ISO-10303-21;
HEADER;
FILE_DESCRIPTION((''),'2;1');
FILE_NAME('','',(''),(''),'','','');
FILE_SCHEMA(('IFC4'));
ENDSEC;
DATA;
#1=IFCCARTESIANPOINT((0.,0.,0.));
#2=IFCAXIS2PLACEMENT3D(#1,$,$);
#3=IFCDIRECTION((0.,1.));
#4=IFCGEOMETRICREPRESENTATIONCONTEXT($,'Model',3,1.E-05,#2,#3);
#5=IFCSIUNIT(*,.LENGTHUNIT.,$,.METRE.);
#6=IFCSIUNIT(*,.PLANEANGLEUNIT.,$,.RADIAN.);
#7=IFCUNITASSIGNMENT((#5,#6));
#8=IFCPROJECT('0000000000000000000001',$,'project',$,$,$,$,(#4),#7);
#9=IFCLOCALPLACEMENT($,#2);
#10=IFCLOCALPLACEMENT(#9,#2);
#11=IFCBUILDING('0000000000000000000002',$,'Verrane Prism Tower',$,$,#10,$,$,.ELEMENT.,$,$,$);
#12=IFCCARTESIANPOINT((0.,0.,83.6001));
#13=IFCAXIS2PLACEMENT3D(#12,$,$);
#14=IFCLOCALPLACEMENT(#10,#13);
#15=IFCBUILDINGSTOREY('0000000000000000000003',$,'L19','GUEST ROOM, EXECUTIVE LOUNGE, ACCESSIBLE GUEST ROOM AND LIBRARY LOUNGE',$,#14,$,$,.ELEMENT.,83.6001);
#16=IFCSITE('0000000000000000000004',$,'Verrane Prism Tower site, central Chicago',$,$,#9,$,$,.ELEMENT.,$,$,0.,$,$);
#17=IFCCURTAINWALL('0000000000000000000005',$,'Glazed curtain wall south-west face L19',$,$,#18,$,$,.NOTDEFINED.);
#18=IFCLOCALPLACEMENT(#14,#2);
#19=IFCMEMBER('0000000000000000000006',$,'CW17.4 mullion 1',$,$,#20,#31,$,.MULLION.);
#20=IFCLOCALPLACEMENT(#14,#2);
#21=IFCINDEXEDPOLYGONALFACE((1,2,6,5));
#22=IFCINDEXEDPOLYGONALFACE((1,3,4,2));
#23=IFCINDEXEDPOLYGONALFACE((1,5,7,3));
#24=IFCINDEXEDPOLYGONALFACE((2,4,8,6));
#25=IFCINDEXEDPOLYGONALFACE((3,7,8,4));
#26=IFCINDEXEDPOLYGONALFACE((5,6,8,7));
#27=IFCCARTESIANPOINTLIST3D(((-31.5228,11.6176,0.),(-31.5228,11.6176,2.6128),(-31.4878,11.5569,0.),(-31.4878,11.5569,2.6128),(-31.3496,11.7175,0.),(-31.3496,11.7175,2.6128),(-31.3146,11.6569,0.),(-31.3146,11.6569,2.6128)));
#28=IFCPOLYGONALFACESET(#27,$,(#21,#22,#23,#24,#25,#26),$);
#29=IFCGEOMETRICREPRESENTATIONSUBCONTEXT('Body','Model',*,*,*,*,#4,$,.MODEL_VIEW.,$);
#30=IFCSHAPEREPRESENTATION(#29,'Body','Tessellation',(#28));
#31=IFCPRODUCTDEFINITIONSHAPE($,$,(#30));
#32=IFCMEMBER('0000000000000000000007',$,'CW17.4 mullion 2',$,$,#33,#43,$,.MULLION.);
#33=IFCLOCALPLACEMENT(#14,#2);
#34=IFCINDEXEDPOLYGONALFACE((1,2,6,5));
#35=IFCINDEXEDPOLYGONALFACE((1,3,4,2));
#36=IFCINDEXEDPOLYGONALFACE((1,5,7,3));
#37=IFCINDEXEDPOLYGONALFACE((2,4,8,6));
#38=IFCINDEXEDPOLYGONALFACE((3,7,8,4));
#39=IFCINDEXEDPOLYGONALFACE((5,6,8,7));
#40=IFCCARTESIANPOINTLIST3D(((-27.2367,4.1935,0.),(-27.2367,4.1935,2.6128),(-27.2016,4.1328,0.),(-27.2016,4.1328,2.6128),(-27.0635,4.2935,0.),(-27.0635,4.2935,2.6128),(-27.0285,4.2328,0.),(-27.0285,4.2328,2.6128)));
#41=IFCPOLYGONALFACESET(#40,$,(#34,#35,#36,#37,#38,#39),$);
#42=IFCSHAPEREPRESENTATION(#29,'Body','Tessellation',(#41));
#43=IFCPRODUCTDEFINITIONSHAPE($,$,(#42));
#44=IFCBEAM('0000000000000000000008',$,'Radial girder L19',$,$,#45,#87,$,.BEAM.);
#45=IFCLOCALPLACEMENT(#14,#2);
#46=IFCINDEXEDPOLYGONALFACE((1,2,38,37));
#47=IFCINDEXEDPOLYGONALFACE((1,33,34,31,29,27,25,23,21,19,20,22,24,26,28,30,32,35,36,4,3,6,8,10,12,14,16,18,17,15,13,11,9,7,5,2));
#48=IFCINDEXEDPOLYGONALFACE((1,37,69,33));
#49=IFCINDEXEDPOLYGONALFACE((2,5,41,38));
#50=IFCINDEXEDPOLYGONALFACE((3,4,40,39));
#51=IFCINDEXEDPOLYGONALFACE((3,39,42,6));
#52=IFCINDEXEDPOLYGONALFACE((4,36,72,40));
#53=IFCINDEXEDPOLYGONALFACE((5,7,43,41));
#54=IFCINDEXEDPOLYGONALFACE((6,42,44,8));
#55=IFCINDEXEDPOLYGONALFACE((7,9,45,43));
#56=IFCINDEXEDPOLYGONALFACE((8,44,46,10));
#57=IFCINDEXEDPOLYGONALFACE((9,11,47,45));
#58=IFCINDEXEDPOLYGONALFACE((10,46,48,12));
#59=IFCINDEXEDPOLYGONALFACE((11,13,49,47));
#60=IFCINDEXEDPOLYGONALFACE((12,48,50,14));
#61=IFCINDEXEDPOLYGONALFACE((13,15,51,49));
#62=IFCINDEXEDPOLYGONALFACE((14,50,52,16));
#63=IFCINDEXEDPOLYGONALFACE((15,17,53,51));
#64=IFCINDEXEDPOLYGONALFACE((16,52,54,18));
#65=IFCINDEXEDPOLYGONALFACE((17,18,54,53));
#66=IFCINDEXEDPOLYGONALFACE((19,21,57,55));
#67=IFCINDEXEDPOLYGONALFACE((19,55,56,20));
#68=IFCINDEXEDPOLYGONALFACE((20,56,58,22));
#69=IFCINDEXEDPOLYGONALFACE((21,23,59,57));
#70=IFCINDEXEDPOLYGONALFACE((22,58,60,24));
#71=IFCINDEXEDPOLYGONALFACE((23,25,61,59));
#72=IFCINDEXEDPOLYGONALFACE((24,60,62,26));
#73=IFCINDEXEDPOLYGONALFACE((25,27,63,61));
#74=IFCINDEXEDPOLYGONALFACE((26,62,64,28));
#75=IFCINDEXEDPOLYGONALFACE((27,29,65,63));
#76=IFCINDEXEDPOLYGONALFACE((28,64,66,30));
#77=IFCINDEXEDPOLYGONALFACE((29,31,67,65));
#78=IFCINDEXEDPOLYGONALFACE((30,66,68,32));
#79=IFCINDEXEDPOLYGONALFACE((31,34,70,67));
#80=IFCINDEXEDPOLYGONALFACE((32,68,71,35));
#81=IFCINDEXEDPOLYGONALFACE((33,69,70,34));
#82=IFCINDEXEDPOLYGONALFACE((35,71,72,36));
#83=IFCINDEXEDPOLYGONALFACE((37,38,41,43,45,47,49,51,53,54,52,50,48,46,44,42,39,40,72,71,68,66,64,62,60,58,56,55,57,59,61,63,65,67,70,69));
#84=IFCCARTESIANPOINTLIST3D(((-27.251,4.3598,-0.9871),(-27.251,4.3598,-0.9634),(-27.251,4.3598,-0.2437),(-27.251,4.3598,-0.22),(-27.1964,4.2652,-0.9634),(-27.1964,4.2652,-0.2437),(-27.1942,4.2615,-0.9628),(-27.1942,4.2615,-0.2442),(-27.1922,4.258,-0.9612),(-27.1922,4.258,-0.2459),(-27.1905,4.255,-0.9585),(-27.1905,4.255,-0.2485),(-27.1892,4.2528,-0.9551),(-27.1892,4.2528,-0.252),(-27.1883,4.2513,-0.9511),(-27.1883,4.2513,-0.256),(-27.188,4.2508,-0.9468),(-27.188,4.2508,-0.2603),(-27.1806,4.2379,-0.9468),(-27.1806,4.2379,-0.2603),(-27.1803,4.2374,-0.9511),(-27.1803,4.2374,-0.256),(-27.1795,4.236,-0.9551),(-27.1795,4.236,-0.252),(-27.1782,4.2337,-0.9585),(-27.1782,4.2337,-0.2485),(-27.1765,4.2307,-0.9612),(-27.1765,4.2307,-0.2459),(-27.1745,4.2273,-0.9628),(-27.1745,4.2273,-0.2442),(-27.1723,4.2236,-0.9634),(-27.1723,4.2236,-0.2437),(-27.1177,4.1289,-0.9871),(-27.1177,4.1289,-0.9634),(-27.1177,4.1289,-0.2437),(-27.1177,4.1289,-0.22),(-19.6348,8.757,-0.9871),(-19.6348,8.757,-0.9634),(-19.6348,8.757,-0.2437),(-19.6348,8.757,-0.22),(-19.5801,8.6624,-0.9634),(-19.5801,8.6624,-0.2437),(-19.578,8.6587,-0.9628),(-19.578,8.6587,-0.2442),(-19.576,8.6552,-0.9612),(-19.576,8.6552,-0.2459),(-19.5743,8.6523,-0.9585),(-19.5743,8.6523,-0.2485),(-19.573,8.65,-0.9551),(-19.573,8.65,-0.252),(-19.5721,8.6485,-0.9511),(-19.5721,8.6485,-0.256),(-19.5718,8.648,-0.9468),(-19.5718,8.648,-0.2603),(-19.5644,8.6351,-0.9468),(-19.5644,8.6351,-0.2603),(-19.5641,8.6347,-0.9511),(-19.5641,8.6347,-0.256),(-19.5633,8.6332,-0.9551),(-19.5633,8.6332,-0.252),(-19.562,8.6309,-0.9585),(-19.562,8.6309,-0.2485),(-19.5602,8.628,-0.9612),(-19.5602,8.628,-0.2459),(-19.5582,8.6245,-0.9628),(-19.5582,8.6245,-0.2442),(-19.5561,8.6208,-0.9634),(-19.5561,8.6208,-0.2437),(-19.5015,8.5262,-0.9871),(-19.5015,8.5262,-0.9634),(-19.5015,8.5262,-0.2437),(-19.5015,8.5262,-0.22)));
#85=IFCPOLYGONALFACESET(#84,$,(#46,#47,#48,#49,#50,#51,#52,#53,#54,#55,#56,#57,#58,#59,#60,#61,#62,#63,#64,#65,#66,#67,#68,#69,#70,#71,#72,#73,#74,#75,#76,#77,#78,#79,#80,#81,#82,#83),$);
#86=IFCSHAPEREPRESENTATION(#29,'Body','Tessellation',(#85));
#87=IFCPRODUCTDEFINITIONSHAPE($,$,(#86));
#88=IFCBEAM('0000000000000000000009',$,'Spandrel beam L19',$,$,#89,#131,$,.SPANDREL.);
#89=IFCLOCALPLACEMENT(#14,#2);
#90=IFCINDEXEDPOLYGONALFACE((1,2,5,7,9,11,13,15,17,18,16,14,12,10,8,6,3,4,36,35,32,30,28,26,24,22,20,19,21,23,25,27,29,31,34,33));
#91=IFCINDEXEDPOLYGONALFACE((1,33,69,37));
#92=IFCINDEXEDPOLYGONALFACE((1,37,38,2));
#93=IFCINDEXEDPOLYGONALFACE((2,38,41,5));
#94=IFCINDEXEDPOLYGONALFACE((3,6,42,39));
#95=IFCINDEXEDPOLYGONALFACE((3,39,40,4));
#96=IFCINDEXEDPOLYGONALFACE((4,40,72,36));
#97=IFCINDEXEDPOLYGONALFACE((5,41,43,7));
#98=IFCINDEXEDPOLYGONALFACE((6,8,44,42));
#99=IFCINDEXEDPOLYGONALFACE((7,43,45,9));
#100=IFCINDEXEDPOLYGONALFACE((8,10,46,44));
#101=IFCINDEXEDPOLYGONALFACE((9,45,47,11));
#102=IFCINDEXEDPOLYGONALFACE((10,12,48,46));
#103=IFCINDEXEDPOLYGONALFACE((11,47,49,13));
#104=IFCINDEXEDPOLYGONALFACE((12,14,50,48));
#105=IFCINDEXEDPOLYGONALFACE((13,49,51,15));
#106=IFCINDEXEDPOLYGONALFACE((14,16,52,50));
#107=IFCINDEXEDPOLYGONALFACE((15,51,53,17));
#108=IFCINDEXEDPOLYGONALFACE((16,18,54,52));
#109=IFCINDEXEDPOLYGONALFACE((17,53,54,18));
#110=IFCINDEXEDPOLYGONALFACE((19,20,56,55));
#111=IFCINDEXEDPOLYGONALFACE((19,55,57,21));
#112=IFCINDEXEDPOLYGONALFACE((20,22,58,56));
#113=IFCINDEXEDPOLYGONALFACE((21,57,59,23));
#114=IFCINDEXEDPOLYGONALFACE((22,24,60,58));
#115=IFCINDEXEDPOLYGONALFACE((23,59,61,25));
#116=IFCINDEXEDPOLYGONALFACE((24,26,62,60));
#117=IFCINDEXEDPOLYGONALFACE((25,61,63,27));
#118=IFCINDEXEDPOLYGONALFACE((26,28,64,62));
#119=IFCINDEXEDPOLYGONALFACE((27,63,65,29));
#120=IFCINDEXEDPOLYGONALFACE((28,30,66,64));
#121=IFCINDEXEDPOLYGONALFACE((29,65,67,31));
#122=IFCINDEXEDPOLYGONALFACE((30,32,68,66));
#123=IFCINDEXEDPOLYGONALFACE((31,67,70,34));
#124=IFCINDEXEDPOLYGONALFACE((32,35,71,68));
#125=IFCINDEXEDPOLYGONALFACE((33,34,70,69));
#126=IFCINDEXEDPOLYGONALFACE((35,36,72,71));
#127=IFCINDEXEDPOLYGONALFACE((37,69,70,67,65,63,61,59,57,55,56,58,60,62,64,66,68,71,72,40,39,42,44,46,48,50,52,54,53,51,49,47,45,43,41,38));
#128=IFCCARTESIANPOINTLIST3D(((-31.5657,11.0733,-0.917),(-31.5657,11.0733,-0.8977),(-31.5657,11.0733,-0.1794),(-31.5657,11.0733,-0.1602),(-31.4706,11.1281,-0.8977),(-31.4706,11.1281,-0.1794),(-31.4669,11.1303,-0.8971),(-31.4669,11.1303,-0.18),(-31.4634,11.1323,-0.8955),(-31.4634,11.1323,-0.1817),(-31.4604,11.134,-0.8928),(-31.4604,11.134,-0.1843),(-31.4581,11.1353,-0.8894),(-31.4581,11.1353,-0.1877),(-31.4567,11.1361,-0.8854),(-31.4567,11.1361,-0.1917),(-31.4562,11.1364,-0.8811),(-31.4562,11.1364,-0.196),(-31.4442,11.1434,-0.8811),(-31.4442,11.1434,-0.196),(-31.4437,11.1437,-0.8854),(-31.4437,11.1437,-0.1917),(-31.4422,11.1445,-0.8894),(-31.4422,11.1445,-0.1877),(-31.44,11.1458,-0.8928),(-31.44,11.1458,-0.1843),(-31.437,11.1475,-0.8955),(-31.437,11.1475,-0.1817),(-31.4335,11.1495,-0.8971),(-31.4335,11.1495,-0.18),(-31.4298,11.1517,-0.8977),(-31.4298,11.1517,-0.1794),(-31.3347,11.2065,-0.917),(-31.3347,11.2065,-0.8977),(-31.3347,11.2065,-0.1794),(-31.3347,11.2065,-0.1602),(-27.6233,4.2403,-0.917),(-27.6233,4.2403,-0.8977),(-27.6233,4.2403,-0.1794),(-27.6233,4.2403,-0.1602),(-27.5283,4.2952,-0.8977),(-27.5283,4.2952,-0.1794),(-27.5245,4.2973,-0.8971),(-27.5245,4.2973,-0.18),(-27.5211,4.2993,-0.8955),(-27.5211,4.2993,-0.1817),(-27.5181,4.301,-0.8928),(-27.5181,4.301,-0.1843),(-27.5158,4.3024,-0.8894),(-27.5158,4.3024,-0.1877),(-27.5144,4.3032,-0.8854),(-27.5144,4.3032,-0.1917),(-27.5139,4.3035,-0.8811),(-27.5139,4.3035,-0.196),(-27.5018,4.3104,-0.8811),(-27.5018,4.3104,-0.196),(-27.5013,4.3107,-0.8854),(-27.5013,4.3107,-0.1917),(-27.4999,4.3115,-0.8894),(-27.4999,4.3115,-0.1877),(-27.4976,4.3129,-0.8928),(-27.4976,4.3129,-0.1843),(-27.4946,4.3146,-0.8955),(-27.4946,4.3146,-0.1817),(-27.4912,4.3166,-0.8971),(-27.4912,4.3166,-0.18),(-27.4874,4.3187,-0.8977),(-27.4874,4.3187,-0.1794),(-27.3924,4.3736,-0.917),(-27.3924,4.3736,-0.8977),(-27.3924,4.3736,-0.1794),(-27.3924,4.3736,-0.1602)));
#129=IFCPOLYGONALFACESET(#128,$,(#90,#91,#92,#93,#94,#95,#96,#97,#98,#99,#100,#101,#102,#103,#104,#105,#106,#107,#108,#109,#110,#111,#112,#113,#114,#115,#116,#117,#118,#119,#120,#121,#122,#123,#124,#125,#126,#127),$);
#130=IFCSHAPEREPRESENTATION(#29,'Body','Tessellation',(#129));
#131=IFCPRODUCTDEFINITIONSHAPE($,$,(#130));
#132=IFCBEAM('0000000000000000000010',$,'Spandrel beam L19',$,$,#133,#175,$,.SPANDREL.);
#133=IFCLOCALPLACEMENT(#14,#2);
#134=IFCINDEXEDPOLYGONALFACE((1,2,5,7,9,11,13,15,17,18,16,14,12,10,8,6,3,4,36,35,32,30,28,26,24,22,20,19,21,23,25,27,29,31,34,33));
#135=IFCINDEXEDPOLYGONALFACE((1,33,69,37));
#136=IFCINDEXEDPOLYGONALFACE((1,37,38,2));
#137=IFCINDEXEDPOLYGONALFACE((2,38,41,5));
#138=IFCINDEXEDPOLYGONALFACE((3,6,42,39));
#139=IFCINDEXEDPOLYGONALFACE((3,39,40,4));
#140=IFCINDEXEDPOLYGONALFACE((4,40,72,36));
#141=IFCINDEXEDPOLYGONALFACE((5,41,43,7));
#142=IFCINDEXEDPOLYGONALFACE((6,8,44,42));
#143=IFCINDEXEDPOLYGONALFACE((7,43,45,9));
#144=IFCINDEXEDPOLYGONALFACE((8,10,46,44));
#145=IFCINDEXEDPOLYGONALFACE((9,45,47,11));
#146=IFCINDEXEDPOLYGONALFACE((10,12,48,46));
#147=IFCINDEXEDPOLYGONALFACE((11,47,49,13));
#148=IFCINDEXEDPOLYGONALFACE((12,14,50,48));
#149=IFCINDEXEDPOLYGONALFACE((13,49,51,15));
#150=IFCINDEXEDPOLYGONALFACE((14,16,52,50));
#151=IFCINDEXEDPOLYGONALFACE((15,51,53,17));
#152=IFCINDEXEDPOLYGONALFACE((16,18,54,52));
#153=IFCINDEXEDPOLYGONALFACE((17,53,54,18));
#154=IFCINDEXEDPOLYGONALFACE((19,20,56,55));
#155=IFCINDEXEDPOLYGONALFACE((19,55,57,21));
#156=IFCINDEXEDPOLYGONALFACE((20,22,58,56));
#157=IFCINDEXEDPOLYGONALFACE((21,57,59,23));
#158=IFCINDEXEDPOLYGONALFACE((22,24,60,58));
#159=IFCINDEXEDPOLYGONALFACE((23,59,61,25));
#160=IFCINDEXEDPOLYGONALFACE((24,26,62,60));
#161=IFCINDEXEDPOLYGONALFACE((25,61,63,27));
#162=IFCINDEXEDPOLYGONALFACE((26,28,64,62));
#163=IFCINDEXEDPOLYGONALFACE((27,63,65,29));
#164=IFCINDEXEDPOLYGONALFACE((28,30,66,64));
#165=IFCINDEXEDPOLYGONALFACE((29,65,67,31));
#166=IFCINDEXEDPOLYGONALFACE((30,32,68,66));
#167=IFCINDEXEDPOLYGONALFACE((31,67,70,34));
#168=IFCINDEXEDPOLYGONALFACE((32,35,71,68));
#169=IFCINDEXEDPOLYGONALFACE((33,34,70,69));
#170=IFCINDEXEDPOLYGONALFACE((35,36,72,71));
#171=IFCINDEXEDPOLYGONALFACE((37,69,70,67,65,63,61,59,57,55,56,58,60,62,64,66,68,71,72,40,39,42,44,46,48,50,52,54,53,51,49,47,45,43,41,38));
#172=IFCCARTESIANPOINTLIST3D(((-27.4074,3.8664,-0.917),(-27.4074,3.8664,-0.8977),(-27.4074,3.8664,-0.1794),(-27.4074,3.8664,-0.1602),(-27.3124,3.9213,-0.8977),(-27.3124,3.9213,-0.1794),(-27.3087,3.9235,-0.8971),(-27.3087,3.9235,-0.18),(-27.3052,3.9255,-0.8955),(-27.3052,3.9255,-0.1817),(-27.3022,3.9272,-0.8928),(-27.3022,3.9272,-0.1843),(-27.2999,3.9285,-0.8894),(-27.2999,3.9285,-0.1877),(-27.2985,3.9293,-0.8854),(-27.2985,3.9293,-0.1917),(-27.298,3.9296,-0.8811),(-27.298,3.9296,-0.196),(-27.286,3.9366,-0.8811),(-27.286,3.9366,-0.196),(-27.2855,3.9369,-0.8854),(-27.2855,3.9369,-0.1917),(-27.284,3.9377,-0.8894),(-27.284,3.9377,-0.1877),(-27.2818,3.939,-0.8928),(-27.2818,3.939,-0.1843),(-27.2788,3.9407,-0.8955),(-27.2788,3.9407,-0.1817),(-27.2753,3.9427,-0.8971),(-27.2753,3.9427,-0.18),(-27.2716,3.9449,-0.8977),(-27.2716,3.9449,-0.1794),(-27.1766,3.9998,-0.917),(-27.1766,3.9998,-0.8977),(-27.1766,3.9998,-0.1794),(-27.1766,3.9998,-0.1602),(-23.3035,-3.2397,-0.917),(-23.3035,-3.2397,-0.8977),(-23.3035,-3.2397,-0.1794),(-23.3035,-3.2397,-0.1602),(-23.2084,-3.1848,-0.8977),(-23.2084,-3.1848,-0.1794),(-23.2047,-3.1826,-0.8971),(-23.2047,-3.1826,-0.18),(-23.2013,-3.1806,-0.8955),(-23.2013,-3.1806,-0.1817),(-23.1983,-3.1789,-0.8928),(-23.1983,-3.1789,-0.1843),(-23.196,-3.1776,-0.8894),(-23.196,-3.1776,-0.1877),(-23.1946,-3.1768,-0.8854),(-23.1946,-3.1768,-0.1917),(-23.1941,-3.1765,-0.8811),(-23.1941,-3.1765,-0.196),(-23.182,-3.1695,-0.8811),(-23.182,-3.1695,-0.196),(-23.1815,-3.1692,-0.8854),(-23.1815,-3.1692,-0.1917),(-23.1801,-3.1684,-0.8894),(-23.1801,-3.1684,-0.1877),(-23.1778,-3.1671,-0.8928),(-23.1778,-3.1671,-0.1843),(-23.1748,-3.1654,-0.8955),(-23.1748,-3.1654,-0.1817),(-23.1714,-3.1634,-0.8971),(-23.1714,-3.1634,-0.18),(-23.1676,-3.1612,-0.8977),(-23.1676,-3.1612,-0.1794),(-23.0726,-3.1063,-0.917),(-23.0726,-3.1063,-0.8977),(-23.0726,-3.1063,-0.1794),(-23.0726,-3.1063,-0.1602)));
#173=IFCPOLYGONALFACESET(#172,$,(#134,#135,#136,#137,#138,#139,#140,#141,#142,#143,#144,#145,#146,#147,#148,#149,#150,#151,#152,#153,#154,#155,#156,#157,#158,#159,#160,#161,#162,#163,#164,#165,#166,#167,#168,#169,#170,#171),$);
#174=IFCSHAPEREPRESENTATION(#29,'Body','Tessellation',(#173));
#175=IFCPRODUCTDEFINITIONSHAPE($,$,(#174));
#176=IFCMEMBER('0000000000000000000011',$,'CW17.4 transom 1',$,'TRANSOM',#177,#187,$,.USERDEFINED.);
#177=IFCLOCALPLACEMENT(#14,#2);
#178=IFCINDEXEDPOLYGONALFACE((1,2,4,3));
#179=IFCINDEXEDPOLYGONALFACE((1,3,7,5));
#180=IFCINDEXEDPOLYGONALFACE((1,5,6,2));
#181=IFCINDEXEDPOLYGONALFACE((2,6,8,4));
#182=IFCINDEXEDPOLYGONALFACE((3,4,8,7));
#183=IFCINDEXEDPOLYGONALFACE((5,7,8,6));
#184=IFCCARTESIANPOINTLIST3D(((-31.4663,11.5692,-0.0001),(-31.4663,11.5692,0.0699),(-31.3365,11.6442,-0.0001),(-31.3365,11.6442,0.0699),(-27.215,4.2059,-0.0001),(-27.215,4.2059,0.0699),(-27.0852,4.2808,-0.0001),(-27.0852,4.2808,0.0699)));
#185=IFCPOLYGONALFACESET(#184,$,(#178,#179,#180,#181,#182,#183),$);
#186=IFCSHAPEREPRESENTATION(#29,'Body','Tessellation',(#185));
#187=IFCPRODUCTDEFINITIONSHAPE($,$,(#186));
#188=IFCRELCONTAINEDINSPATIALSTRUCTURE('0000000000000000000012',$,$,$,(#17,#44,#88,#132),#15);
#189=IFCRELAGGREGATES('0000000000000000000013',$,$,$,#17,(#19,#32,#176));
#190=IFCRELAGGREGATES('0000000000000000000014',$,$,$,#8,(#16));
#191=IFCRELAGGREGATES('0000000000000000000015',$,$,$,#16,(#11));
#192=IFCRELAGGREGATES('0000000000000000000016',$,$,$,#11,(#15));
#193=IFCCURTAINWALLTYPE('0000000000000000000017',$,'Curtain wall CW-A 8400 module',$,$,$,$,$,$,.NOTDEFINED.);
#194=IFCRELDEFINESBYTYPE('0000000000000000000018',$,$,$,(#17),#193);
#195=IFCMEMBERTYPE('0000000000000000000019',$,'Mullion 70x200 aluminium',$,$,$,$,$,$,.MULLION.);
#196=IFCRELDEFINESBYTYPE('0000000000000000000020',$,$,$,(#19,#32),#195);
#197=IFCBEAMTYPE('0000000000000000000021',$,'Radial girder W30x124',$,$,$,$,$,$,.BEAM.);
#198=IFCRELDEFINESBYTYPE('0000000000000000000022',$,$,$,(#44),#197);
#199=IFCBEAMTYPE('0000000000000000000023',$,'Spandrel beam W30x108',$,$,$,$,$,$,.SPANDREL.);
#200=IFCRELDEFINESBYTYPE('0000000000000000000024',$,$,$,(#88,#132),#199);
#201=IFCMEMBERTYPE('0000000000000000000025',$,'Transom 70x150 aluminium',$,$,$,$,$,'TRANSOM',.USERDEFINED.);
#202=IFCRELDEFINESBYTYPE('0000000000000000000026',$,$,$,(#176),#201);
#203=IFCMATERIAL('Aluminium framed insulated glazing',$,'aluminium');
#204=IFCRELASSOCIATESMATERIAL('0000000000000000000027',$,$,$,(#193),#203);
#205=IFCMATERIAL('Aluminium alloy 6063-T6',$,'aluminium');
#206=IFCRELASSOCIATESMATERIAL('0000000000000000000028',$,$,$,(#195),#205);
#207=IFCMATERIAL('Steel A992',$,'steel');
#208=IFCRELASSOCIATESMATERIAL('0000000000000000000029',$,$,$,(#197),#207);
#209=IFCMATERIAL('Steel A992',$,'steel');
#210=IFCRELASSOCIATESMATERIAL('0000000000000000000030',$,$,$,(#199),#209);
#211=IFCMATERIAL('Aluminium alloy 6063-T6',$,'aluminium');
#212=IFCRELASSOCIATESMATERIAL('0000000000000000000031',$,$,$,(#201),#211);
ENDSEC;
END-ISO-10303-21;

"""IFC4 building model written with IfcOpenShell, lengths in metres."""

from ifc_helpers import new_model, si_unit, direction, frame, origin, origin_2d, place, context, subcontext, project, spatial, rectangle, i_section, extrude, material, material_profile, profile_set, type_object, element, aggregate, save


model = new_model("IFC4")

# Units and contexts
model_context = context("Model", 3, precision=1e-05, world=origin(), true_north=direction((0.0, 1.0)))
body_context = subcontext(model_context, "Body", "Model", "MODEL_VIEW")
ifc_project = project(units=[si_unit("LENGTHUNIT", "METRE"), si_unit("PLANEANGLEUNIT", "RADIAN")], contexts=[model_context])

# Site, building, storey
site_placement = place(None, origin())
site = spatial("IfcSite", under=ifc_project, at=site_placement, Name="Verrane Prism Tower site, central Chicago", CompositionType="ELEMENT", RefElevation=0.0)
building_placement = place(site_placement, origin())
building = spatial("IfcBuilding", under=site, at=building_placement, Name="Verrane Prism Tower", CompositionType="ELEMENT")
storey_placement = place(building_placement, frame((0.0, 0.0, 83.6001)))
storey = spatial("IfcBuildingStorey", under=building, at=storey_placement, Name="L19", Description="GUEST ROOM, EXECUTIVE LOUNGE, ACCESSIBLE GUEST ROOM AND LIBRARY LOUNGE", CompositionType="ELEMENT", Elevation=83.6001)

# Curtain wall, members
ifc_material_1 = material(Name="Aluminium framed insulated glazing", Category="aluminium")
curtain_wall_type = type_object("IfcCurtainWallType", Name="Curtain wall CW-A 8400 module", PredefinedType="NOTDEFINED", material=ifc_material_1)
curtain_wall_placement = place(storey_placement, origin())
curtain_wall = element("IfcCurtainWall", 1, at=curtain_wall_placement, inside=storey, type_object=curtain_wall_type, Name="Glazed curtain wall south-west face L19", PredefinedType="NOTDEFINED")
ifc_material_2 = material(Name="Aluminium alloy 6063-T6", Category="aluminium")
ifc_material_profile_1 = material_profile(ifc_material_2, rectangle(XDim=0.2, YDim=0.0701, at=origin_2d()), Name="Mullion 70x200 aluminium")
ifc_profile_set_1 = profile_set([ifc_material_profile_1], Name="Aluminium alloy 6063-T6")
member_type_1 = type_object("IfcMemberType", Name="Mullion 70x200 aluminium", PredefinedType="MULLION", material=ifc_profile_set_1)
member_1_placement = place(storey_placement, frame((-31.4187, 11.6372, 0.0), z_axis=(0.0, 0.0, 1.0), x_axis=(0.866026, 0.499999, 0.0)))
member_1 = element("IfcMember", 2, at=member_1_placement, type_object=member_type_1, Name="CW17.4 mullion 1", PredefinedType="MULLION", context=body_context, shape_type="SweptSolid", body=[
    extrude(rectangle(XDim=0.2, YDim=0.0701, at=origin_2d()), origin(), (0.0, 0.0, 1.0), 2.6128),
])
member_2_placement = place(storey_placement, frame((-27.1326, 4.2131, 0.0), z_axis=(0.0, 0.0, 1.0), x_axis=(0.866026, 0.499999, 0.0)))
member_2 = element("IfcMember", 3, at=member_2_placement, type_object=member_type_1, Name="CW17.4 mullion 2", PredefinedType="MULLION", context=body_context, shape_type="SweptSolid", body=[
    extrude(rectangle(XDim=0.2, YDim=0.0701, at=origin_2d()), origin(), (0.0, 0.0, 1.0), 2.6128),
])

# Beams
ifc_material_3 = material(Name="Steel A992", Category="steel")
ifc_material_profile_2 = material_profile(ifc_material_3, i_section(OverallWidth=0.2666, OverallDepth=0.7671, WebThickness=0.0149, FlangeThickness=0.0237, FilletRadius=0.0166, at=origin_2d()), Name="W30x124")
ifc_profile_set_2 = profile_set([ifc_material_profile_2], Name="Steel A992")
beam_type_1 = type_object("IfcBeamType", Name="Radial girder W30x124", PredefinedType="BEAM", material=ifc_profile_set_2)
beam_1_placement = place(storey_placement, frame((-27.1843, 4.2444, -0.6035), z_axis=(0.866026, 0.5, 0.0), x_axis=(-0.5, 0.866026, 0.0)))
element("IfcBeam", 4, at=beam_1_placement, inside=storey, type_object=beam_type_1, Name="Radial girder L19", PredefinedType="BEAM", context=body_context, shape_type="SweptSolid", body=[
    extrude(i_section(OverallWidth=0.2666, OverallDepth=0.7671, WebThickness=0.0149, FlangeThickness=0.0237, FilletRadius=0.0166, at=origin_2d()), origin(), (0.0, 0.0, 1.0), 8.7944),
])
ifc_material_4 = material(Name="Steel A992", Category="steel")
ifc_material_profile_3 = material_profile(ifc_material_4, i_section(OverallWidth=0.2666, OverallDepth=0.7568, WebThickness=0.0139, FlangeThickness=0.0193, FilletRadius=0.0166, at=origin_2d()), Name="W30x108")
ifc_profile_set_3 = profile_set([ifc_material_profile_3], Name="Steel A992")
beam_type_2 = type_object("IfcBeamType", Name="Spandrel beam W30x108", PredefinedType="SPANDREL", material=ifc_profile_set_3)
beam_2_placement = place(storey_placement, frame((-31.4502, 11.1399, -0.5386), z_axis=(0.499747, -0.866171, 0.0), x_axis=(0.866171, 0.499747, 0.0)))
element("IfcBeam", 5, at=beam_2_placement, inside=storey, type_object=beam_type_2, Name="Spandrel beam L19", PredefinedType="SPANDREL", context=body_context, shape_type="SweptSolid", body=[
    extrude(i_section(OverallWidth=0.2666, OverallDepth=0.7568, WebThickness=0.0139, FlangeThickness=0.0193, FilletRadius=0.0166, at=origin_2d()), origin(), (0.0, 0.0, 1.0), 7.8887),
])
beam_3_placement = place(storey_placement, frame((-27.292, 3.9331, -0.5386), z_axis=(0.500113, -0.86596, 0.0), x_axis=(0.86596, 0.500113, 0.0)))
element("IfcBeam", 6, at=beam_3_placement, inside=storey, type_object=beam_type_2, Name="Spandrel beam L19", PredefinedType="SPANDREL", context=body_context, shape_type="SweptSolid", body=[
    extrude(i_section(OverallWidth=0.2666, OverallDepth=0.7568, WebThickness=0.0139, FlangeThickness=0.0193, FilletRadius=0.0166, at=origin_2d()), origin(), (0.0, 0.0, 1.0), 8.2061),
])

# Member
ifc_material_5 = material(Name="Aluminium alloy 6063-T6", Category="aluminium")
ifc_material_profile_4 = material_profile(ifc_material_5, rectangle(XDim=0.1499, YDim=0.0701, at=origin_2d()), Name="Transom 70x150 aluminium")
ifc_profile_set_4 = profile_set([ifc_material_profile_4], Name="Aluminium alloy 6063-T6")
member_type_2 = type_object("IfcMemberType", Name="Transom 70x150 aluminium", ElementType="TRANSOM", PredefinedType="USERDEFINED", material=ifc_profile_set_4)
member_3_placement = place(storey_placement, frame((-31.4014, 11.6067, 0.0349), z_axis=(0.500002, -0.866024, 0.0), x_axis=(0.866024, 0.500002, 0.0)))
member_3 = element("IfcMember", 7, at=member_3_placement, type_object=member_type_2, Name="CW17.4 transom 1", ObjectType="TRANSOM", PredefinedType="USERDEFINED", context=body_context, shape_type="SweptSolid", body=[
    extrude(rectangle(XDim=0.1499, YDim=0.0701, at=origin_2d()), origin(), (0.0, 0.0, 1.0), 8.5024),
])

aggregate(curtain_wall, [member_1, member_2, member_3])

save(model, "model.ifc")
